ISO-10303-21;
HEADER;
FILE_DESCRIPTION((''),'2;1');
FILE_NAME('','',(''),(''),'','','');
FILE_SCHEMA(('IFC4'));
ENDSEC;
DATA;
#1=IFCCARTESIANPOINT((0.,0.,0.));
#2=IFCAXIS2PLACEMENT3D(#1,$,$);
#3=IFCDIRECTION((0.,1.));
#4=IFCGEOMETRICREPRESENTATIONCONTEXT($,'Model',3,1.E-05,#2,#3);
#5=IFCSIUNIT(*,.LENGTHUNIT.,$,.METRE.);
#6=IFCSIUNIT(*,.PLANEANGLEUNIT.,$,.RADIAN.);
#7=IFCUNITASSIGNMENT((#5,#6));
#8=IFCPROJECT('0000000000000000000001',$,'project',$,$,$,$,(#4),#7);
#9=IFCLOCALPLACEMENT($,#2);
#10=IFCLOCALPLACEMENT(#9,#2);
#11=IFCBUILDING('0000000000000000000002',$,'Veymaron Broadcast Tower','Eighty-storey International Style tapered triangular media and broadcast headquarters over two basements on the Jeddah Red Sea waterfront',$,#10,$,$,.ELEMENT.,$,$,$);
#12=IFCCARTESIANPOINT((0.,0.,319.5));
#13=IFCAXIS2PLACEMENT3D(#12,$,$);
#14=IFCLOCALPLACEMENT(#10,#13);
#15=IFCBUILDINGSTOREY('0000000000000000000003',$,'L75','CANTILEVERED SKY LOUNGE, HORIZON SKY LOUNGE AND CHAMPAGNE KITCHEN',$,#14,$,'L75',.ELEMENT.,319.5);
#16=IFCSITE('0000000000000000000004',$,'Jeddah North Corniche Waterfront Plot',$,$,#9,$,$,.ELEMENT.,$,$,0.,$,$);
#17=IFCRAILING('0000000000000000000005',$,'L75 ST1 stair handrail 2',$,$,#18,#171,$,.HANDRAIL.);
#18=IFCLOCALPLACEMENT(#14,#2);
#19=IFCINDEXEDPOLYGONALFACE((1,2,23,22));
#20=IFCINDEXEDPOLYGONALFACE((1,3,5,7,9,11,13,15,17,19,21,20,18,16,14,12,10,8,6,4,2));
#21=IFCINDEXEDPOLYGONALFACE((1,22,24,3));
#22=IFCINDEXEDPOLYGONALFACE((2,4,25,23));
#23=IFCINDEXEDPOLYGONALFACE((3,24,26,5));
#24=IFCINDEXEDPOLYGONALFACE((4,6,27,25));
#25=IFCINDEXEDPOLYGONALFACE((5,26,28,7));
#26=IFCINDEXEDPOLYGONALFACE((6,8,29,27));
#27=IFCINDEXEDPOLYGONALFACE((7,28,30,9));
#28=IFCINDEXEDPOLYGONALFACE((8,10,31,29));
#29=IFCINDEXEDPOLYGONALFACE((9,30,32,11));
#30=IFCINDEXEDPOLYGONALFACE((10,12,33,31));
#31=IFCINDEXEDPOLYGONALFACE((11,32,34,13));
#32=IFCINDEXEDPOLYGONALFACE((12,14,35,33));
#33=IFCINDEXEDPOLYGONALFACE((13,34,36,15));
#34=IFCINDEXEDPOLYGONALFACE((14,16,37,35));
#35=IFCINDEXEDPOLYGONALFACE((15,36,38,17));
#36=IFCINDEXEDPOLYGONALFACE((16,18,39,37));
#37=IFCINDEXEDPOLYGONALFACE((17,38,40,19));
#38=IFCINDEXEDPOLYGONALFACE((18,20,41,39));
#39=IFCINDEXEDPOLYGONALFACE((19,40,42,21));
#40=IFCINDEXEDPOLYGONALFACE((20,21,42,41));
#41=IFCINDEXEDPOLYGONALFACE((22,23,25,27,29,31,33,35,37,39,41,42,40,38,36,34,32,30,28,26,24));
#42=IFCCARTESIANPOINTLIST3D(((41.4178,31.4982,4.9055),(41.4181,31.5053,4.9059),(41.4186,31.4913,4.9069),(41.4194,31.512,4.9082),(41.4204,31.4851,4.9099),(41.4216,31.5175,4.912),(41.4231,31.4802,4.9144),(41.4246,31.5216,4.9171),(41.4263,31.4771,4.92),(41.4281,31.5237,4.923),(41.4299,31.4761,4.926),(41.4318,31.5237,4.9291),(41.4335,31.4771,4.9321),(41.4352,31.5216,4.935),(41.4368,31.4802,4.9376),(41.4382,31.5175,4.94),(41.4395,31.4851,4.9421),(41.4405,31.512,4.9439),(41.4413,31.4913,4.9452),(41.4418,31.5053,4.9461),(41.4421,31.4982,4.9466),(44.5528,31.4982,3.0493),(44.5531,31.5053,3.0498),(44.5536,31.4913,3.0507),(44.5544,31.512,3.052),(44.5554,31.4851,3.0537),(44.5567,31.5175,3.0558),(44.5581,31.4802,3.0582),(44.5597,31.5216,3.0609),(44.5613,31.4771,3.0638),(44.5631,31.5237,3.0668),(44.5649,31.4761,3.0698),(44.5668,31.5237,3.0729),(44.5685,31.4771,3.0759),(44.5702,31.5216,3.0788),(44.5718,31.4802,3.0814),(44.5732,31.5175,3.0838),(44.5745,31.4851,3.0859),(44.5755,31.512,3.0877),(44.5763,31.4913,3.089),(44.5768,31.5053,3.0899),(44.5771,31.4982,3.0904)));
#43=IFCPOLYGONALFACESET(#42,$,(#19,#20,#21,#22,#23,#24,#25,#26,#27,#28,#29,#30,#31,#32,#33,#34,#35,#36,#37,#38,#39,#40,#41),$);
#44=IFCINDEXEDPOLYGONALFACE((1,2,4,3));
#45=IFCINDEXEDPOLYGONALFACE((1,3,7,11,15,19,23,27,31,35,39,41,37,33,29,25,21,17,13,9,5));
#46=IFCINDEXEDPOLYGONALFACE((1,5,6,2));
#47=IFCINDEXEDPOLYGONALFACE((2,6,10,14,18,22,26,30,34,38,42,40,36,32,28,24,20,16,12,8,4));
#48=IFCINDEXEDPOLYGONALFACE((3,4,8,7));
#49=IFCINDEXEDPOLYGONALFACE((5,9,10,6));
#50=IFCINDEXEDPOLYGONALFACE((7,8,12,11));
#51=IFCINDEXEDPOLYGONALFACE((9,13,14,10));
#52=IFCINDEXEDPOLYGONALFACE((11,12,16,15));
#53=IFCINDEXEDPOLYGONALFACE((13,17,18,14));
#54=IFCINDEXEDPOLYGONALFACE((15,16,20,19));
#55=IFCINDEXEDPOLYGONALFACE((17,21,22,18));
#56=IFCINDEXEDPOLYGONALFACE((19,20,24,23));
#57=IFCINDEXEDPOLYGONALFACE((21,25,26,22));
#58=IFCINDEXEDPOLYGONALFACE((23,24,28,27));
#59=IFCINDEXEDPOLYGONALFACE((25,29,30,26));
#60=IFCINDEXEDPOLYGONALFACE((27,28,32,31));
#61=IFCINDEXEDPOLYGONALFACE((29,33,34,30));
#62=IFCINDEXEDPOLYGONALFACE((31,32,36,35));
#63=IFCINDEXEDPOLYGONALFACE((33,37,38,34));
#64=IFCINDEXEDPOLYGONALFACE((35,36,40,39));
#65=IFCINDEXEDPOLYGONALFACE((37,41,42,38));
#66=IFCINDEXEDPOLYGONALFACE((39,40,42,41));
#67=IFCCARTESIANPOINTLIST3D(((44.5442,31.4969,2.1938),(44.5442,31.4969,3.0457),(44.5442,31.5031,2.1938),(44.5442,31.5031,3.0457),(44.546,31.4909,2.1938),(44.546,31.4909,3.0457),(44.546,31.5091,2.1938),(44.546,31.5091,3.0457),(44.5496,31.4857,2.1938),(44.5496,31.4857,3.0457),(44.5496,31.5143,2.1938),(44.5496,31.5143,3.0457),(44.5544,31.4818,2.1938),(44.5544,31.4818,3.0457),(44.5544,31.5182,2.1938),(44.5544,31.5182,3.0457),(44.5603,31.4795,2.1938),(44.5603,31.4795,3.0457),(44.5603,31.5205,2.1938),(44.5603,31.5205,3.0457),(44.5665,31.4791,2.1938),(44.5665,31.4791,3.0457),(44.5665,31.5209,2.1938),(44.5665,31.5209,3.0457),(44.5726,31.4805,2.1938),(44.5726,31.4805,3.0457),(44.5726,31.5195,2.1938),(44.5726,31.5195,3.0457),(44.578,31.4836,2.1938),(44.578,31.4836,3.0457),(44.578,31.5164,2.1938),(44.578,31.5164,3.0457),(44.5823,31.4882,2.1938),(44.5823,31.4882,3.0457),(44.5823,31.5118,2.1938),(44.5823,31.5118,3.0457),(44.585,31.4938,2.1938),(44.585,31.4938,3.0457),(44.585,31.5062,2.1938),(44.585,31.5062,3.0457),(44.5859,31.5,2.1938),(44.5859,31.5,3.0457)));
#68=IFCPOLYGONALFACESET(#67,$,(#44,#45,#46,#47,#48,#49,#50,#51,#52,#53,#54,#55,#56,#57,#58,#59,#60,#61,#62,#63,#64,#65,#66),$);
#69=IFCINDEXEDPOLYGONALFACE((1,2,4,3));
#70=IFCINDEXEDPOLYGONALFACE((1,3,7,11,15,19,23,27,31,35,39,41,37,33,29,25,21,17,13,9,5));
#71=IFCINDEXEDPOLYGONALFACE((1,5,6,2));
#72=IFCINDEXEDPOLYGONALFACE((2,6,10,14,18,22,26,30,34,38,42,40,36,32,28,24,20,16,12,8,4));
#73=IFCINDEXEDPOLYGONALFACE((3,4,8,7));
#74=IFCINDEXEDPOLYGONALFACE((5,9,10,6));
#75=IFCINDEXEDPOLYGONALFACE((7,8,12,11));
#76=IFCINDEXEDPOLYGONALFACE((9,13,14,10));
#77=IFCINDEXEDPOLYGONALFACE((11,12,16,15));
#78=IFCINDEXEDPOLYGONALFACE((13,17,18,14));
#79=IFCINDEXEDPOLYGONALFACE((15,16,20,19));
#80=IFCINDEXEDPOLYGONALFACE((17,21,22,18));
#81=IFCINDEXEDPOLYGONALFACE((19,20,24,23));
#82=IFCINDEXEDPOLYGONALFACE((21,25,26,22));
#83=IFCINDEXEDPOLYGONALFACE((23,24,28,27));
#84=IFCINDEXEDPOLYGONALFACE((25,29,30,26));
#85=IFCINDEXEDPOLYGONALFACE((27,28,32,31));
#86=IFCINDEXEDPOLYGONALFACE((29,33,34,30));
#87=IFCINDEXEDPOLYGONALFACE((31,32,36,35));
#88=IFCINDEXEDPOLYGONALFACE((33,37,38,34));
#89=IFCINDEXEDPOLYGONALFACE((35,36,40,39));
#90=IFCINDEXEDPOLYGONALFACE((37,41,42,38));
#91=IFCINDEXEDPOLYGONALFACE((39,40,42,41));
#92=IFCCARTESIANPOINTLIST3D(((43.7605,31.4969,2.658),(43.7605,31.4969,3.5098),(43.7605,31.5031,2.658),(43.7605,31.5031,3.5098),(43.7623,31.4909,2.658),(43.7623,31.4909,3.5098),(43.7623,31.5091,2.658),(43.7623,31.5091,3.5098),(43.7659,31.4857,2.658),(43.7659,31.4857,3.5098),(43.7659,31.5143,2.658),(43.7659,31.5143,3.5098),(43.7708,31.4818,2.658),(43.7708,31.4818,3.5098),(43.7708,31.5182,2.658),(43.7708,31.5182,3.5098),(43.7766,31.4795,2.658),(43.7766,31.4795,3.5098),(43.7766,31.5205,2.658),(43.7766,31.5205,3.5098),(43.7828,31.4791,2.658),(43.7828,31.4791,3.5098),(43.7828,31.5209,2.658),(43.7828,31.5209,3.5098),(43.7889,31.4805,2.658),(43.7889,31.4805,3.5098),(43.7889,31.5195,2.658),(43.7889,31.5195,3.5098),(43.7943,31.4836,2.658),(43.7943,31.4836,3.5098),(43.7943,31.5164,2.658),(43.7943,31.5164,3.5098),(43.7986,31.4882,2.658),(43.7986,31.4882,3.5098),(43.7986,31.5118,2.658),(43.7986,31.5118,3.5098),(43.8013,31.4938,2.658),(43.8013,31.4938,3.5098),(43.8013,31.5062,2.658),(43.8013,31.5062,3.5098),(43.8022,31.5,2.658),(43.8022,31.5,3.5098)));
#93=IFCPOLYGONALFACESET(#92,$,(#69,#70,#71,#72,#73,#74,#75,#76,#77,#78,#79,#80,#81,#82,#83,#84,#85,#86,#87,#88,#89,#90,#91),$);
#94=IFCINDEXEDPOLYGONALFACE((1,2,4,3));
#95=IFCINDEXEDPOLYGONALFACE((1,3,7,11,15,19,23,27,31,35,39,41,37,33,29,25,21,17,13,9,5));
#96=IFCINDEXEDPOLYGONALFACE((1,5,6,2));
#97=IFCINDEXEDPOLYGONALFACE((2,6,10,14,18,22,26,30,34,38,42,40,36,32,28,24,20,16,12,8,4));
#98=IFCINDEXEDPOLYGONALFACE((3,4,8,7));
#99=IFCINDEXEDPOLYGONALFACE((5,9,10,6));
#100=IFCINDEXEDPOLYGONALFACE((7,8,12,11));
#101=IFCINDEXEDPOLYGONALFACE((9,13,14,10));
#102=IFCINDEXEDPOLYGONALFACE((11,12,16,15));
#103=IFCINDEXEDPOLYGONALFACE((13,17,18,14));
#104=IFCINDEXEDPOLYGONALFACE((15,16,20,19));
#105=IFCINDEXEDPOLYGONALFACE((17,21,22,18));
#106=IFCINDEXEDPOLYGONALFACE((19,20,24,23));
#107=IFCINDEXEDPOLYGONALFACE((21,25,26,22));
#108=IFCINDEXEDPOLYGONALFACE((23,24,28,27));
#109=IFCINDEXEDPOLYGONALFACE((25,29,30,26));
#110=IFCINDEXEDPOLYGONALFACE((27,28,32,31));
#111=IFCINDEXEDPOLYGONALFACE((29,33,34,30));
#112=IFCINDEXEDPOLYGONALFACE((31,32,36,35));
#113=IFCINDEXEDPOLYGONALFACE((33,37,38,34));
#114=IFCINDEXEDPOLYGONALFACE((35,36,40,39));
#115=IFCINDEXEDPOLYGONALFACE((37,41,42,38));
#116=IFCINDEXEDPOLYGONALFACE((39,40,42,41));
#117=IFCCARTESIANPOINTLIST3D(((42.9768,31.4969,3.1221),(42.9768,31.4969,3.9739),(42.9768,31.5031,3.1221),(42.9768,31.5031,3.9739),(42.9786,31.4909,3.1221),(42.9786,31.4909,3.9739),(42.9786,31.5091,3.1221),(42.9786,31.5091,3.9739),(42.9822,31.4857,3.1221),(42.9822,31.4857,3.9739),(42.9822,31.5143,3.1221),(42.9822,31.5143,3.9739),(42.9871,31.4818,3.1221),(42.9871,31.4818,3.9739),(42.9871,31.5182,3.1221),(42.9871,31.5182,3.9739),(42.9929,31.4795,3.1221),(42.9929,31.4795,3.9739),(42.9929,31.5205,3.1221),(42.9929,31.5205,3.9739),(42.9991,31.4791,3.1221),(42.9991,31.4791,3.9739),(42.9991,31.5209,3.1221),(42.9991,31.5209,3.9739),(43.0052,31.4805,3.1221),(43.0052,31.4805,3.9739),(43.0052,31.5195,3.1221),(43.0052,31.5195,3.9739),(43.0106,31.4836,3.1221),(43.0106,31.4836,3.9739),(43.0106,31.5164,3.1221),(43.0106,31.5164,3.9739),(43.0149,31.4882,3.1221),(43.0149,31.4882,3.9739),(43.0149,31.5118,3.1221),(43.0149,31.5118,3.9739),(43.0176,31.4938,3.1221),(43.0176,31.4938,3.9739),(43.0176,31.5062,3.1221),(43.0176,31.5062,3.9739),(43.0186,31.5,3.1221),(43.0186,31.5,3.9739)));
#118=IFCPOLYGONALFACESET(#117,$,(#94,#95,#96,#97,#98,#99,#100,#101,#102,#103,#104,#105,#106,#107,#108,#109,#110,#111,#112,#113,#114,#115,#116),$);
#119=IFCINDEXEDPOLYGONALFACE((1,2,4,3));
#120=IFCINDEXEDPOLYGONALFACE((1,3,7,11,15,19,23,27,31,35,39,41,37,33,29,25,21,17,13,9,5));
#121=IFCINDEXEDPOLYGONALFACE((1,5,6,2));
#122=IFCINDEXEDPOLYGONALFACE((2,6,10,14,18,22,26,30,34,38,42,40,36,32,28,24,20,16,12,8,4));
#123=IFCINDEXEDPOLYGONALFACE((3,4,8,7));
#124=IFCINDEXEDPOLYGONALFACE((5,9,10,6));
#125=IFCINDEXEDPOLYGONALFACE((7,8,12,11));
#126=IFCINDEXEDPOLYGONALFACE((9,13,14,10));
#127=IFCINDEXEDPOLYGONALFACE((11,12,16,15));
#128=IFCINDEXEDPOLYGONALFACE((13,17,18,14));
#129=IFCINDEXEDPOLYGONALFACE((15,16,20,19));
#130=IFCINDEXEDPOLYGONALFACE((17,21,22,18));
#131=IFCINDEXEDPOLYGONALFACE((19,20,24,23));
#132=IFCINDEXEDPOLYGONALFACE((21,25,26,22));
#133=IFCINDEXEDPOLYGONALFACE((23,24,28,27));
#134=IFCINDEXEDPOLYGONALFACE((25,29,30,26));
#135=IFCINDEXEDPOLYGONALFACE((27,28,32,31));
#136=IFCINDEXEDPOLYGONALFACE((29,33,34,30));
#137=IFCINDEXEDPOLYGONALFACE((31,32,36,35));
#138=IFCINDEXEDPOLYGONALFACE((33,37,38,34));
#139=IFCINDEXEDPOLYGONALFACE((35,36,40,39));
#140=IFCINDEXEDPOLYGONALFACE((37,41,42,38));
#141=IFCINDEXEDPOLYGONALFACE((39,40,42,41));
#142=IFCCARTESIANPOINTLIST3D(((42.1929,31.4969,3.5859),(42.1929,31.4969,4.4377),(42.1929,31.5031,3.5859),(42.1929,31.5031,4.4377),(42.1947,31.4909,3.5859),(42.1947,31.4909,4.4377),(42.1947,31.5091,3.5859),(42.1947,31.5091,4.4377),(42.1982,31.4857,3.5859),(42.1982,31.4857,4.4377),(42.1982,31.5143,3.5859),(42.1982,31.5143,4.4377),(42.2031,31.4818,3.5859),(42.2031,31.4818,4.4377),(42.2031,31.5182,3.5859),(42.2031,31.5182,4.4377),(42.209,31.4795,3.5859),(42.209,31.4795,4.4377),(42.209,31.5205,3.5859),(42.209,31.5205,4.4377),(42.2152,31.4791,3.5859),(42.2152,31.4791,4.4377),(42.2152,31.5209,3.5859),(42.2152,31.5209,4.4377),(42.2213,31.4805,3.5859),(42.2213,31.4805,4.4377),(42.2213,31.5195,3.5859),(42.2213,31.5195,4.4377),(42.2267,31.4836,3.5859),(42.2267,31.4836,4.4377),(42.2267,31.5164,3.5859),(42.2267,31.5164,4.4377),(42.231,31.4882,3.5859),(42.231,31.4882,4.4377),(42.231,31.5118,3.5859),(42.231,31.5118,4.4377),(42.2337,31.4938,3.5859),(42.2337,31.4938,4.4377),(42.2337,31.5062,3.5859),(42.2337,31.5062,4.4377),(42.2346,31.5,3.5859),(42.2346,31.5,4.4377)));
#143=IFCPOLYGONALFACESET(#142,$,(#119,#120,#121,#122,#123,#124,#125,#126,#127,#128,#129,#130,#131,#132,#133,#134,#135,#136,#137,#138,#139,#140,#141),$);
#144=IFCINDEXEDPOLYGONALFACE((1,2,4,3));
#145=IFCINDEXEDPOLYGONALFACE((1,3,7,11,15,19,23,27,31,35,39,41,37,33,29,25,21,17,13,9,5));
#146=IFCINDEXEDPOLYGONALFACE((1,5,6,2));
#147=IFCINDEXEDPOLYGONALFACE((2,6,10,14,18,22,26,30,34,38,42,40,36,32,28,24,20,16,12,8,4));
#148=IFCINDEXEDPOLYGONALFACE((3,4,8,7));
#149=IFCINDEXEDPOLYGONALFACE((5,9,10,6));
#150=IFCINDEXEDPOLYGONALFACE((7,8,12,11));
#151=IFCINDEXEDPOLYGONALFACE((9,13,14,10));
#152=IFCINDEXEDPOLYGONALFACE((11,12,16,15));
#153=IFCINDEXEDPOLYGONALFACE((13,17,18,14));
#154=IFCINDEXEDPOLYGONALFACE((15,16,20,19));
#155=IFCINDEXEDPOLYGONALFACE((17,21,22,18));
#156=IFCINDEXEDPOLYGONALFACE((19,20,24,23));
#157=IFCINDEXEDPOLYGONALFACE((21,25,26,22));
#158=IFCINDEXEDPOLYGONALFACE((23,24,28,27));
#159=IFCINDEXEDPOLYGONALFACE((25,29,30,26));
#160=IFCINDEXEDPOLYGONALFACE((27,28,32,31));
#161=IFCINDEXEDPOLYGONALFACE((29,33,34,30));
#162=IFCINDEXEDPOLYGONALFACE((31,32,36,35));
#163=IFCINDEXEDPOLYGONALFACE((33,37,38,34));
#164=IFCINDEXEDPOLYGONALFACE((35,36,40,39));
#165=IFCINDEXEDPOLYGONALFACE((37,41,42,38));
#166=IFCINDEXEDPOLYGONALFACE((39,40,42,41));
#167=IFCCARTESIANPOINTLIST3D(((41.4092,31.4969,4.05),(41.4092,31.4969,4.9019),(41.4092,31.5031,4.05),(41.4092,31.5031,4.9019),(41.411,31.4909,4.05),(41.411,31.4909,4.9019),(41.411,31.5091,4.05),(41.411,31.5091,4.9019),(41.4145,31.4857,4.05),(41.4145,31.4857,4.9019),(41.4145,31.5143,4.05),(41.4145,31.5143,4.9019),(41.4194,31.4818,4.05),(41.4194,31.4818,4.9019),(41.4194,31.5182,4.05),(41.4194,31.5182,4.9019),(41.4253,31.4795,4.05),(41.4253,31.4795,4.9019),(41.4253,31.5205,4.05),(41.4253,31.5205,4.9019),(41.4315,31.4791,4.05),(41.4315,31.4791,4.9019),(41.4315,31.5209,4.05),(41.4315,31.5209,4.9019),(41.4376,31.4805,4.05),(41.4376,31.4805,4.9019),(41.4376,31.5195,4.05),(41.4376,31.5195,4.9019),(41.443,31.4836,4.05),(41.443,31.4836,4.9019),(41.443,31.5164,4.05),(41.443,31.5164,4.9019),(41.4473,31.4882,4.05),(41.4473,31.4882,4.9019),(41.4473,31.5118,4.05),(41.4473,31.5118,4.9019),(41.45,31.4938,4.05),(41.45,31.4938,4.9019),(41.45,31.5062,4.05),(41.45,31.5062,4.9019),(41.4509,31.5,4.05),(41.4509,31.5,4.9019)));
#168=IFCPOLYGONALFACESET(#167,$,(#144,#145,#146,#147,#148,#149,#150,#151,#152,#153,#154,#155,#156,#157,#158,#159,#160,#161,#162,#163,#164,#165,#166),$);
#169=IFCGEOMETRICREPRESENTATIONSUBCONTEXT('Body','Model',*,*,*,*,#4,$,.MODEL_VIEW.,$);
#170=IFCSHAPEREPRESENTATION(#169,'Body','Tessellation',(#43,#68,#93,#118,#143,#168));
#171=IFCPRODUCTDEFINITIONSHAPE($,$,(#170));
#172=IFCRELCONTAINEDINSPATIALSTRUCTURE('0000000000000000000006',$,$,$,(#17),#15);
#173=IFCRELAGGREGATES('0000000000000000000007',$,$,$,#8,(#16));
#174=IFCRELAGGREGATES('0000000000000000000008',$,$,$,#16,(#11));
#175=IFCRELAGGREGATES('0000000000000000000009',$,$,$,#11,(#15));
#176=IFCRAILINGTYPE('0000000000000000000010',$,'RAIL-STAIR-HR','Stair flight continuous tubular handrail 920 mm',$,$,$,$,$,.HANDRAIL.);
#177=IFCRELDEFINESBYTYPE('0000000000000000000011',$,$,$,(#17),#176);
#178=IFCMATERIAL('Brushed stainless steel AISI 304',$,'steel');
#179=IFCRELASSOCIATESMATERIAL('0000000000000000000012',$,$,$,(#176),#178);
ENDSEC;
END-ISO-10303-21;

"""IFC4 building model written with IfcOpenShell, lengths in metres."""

from ifc_helpers import new_model, si_unit, direction, frame, origin, origin_2d, place, context, subcontext, project, spatial, circle, extrude, material, type_object, element, save


model = new_model("IFC4")

# Units and contexts
model_context = context("Model", 3, precision=1e-05, world=origin(), true_north=direction((0.0, 1.0)))
body_context = subcontext(model_context, "Body", "Model", "MODEL_VIEW")
ifc_project = project(units=[si_unit("LENGTHUNIT", "METRE"), si_unit("PLANEANGLEUNIT", "RADIAN")], contexts=[model_context])

# Site, building, storey
site_placement = place(None, origin())
site = spatial("IfcSite", under=ifc_project, at=site_placement, Name="Jeddah North Corniche Waterfront Plot", CompositionType="ELEMENT", RefElevation=0.0)
building_placement = place(site_placement, origin())
building = spatial("IfcBuilding", under=site, at=building_placement, Name="Veymaron Broadcast Tower", Description="Eighty-storey International Style tapered triangular media and broadcast headquarters over two basements on the Jeddah Red Sea waterfront", CompositionType="ELEMENT")
storey_placement = place(building_placement, frame((0.0, 0.0, 319.5)))
storey = spatial("IfcBuildingStorey", under=building, at=storey_placement, Name="L75", Description="CANTILEVERED SKY LOUNGE, HORIZON SKY LOUNGE AND CHAMPAGNE KITCHEN", LongName="L75", CompositionType="ELEMENT", Elevation=319.5)

# Shared definitions
ifc_material_1 = material(Name="Brushed stainless steel AISI 304", Category="steel")

# Railing
railing_type_1 = type_object("IfcRailingType", Name="RAIL-STAIR-HR", Description="Stair flight continuous tubular handrail 920 mm", PredefinedType="HANDRAIL", material=ifc_material_1)
railing_1_placement = place(storey_placement, frame((44.5649, 31.5, 2.1938)))
element("IfcRailing", 1, at=railing_1_placement, inside=storey, type_object=railing_type_1, Name="L75 ST1 stair handrail 2", PredefinedType="HANDRAIL", context=body_context, shape_type="SweptSolid", body=[
    extrude(circle(Radius=0.0239, at=origin_2d()), frame((0.0, 0.0, 0.876), z_axis=(-0.860482, 0.0, 0.509481), x_axis=(0.0, -1.0, 0.0)), (0.0, 0.0, 1.0), 3.6433),
    extrude(circle(Radius=0.021, at=origin_2d()), origin(), (0.0, 0.0, 1.0), 0.8518),
    extrude(circle(Radius=0.021, at=origin_2d()), frame((-0.7837, 0.0, 0.4641)), (0.0, 0.0, 1.0), 0.8518),
    extrude(circle(Radius=0.021, at=origin_2d()), frame((-1.5674, 0.0, 0.9282)), (0.0, 0.0, 1.0), 0.8518),
    extrude(circle(Radius=0.021, at=origin_2d()), frame((-2.3513, 0.0, 1.3921)), (0.0, 0.0, 1.0), 0.8518),
    extrude(circle(Radius=0.021, at=origin_2d()), frame((-3.135, 0.0, 1.8562)), (0.0, 0.0, 1.0), 0.8518),
])

save(model, "model.ifc")
